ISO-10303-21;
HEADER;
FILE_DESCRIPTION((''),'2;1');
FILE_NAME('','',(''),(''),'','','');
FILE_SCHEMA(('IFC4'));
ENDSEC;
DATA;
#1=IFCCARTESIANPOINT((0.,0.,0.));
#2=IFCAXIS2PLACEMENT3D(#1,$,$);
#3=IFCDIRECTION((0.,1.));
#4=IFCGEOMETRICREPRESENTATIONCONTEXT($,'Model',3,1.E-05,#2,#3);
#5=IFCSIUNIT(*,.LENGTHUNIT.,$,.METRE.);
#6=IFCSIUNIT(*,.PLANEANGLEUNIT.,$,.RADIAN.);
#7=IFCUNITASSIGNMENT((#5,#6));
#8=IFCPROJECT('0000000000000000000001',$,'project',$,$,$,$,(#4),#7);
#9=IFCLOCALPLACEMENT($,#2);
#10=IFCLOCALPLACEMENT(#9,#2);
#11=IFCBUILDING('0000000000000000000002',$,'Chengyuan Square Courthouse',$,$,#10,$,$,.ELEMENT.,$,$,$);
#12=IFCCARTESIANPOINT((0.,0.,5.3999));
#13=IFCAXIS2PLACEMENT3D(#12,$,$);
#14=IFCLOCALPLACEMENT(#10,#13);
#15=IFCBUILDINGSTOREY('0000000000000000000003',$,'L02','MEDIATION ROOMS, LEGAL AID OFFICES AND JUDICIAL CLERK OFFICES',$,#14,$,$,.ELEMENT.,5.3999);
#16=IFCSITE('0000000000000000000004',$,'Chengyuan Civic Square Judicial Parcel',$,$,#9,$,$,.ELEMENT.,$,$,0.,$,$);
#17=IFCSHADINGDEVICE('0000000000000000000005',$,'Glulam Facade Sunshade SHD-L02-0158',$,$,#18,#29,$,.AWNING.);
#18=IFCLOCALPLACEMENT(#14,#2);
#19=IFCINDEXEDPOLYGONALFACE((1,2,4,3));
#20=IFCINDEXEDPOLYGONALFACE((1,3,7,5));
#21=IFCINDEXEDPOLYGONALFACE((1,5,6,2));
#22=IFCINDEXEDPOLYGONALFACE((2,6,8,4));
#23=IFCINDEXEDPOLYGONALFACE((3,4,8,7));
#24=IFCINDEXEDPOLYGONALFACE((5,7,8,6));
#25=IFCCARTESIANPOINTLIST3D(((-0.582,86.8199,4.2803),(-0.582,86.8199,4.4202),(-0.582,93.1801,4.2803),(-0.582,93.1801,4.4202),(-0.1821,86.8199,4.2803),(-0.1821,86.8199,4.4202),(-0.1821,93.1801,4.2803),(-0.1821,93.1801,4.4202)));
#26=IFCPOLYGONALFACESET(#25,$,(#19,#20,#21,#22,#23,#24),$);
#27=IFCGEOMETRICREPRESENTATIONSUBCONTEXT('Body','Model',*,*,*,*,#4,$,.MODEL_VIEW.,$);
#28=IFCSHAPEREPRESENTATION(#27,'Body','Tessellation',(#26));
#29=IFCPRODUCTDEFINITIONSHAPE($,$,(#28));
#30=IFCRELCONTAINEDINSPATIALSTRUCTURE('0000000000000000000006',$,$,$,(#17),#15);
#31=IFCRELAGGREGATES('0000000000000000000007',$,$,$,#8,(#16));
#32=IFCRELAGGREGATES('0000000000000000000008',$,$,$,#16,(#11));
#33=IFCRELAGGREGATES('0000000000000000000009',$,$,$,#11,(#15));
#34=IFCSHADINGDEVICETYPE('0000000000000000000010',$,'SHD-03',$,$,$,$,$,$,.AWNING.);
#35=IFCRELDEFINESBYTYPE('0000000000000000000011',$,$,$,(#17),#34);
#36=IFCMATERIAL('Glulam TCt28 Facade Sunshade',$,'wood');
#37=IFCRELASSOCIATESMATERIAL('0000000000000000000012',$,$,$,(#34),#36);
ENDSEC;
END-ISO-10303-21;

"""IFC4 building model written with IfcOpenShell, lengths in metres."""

from ifc_helpers import new_model, si_unit, direction, frame, origin, origin_2d, place, context, subcontext, project, spatial, rectangle, extrude, material, type_object, element, save


model = new_model("IFC4")

# Units and contexts
model_context = context("Model", 3, precision=1e-05, world=origin(), true_north=direction((0.0, 1.0)))
body_context = subcontext(model_context, "Body", "Model", "MODEL_VIEW")
ifc_project = project(units=[si_unit("LENGTHUNIT", "METRE"), si_unit("PLANEANGLEUNIT", "RADIAN")], contexts=[model_context])

# Site, building, storey
site_placement = place(None, origin())
site = spatial("IfcSite", under=ifc_project, at=site_placement, Name="Chengyuan Civic Square Judicial Parcel", CompositionType="ELEMENT", RefElevation=0.0)
building_placement = place(site_placement, origin())
building = spatial("IfcBuilding", under=site, at=building_placement, Name="Chengyuan Square Courthouse", CompositionType="ELEMENT")
storey_placement = place(building_placement, frame((0.0, 0.0, 5.3999)))
storey = spatial("IfcBuildingStorey", under=building, at=storey_placement, Name="L02", Description="MEDIATION ROOMS, LEGAL AID OFFICES AND JUDICIAL CLERK OFFICES", CompositionType="ELEMENT", Elevation=5.3999)

# Shading device
ifc_material_1 = material(Name="Glulam TCt28 Facade Sunshade", Category="wood")
shading_device_type = type_object("IfcShadingDeviceType", Name="SHD-03", PredefinedType="AWNING", material=ifc_material_1)
shading_device_placement = place(storey_placement, frame((-0.3821, 90.0, 4.2803), z_axis=(0.0, 0.0, 1.0), x_axis=(0.0, 1.0, 0.0)))
element("IfcShadingDevice", 1, at=shading_device_placement, inside=storey, type_object=shading_device_type, Name="Glulam Facade Sunshade SHD-L02-0158", PredefinedType="AWNING", context=body_context, shape_type="SweptSolid", body=[
    extrude(rectangle(XDim=6.3601, YDim=0.3999, at=origin_2d()), origin(), (0.0, 0.0, 1.0), 0.1399),
])

save(model, "model.ifc")
